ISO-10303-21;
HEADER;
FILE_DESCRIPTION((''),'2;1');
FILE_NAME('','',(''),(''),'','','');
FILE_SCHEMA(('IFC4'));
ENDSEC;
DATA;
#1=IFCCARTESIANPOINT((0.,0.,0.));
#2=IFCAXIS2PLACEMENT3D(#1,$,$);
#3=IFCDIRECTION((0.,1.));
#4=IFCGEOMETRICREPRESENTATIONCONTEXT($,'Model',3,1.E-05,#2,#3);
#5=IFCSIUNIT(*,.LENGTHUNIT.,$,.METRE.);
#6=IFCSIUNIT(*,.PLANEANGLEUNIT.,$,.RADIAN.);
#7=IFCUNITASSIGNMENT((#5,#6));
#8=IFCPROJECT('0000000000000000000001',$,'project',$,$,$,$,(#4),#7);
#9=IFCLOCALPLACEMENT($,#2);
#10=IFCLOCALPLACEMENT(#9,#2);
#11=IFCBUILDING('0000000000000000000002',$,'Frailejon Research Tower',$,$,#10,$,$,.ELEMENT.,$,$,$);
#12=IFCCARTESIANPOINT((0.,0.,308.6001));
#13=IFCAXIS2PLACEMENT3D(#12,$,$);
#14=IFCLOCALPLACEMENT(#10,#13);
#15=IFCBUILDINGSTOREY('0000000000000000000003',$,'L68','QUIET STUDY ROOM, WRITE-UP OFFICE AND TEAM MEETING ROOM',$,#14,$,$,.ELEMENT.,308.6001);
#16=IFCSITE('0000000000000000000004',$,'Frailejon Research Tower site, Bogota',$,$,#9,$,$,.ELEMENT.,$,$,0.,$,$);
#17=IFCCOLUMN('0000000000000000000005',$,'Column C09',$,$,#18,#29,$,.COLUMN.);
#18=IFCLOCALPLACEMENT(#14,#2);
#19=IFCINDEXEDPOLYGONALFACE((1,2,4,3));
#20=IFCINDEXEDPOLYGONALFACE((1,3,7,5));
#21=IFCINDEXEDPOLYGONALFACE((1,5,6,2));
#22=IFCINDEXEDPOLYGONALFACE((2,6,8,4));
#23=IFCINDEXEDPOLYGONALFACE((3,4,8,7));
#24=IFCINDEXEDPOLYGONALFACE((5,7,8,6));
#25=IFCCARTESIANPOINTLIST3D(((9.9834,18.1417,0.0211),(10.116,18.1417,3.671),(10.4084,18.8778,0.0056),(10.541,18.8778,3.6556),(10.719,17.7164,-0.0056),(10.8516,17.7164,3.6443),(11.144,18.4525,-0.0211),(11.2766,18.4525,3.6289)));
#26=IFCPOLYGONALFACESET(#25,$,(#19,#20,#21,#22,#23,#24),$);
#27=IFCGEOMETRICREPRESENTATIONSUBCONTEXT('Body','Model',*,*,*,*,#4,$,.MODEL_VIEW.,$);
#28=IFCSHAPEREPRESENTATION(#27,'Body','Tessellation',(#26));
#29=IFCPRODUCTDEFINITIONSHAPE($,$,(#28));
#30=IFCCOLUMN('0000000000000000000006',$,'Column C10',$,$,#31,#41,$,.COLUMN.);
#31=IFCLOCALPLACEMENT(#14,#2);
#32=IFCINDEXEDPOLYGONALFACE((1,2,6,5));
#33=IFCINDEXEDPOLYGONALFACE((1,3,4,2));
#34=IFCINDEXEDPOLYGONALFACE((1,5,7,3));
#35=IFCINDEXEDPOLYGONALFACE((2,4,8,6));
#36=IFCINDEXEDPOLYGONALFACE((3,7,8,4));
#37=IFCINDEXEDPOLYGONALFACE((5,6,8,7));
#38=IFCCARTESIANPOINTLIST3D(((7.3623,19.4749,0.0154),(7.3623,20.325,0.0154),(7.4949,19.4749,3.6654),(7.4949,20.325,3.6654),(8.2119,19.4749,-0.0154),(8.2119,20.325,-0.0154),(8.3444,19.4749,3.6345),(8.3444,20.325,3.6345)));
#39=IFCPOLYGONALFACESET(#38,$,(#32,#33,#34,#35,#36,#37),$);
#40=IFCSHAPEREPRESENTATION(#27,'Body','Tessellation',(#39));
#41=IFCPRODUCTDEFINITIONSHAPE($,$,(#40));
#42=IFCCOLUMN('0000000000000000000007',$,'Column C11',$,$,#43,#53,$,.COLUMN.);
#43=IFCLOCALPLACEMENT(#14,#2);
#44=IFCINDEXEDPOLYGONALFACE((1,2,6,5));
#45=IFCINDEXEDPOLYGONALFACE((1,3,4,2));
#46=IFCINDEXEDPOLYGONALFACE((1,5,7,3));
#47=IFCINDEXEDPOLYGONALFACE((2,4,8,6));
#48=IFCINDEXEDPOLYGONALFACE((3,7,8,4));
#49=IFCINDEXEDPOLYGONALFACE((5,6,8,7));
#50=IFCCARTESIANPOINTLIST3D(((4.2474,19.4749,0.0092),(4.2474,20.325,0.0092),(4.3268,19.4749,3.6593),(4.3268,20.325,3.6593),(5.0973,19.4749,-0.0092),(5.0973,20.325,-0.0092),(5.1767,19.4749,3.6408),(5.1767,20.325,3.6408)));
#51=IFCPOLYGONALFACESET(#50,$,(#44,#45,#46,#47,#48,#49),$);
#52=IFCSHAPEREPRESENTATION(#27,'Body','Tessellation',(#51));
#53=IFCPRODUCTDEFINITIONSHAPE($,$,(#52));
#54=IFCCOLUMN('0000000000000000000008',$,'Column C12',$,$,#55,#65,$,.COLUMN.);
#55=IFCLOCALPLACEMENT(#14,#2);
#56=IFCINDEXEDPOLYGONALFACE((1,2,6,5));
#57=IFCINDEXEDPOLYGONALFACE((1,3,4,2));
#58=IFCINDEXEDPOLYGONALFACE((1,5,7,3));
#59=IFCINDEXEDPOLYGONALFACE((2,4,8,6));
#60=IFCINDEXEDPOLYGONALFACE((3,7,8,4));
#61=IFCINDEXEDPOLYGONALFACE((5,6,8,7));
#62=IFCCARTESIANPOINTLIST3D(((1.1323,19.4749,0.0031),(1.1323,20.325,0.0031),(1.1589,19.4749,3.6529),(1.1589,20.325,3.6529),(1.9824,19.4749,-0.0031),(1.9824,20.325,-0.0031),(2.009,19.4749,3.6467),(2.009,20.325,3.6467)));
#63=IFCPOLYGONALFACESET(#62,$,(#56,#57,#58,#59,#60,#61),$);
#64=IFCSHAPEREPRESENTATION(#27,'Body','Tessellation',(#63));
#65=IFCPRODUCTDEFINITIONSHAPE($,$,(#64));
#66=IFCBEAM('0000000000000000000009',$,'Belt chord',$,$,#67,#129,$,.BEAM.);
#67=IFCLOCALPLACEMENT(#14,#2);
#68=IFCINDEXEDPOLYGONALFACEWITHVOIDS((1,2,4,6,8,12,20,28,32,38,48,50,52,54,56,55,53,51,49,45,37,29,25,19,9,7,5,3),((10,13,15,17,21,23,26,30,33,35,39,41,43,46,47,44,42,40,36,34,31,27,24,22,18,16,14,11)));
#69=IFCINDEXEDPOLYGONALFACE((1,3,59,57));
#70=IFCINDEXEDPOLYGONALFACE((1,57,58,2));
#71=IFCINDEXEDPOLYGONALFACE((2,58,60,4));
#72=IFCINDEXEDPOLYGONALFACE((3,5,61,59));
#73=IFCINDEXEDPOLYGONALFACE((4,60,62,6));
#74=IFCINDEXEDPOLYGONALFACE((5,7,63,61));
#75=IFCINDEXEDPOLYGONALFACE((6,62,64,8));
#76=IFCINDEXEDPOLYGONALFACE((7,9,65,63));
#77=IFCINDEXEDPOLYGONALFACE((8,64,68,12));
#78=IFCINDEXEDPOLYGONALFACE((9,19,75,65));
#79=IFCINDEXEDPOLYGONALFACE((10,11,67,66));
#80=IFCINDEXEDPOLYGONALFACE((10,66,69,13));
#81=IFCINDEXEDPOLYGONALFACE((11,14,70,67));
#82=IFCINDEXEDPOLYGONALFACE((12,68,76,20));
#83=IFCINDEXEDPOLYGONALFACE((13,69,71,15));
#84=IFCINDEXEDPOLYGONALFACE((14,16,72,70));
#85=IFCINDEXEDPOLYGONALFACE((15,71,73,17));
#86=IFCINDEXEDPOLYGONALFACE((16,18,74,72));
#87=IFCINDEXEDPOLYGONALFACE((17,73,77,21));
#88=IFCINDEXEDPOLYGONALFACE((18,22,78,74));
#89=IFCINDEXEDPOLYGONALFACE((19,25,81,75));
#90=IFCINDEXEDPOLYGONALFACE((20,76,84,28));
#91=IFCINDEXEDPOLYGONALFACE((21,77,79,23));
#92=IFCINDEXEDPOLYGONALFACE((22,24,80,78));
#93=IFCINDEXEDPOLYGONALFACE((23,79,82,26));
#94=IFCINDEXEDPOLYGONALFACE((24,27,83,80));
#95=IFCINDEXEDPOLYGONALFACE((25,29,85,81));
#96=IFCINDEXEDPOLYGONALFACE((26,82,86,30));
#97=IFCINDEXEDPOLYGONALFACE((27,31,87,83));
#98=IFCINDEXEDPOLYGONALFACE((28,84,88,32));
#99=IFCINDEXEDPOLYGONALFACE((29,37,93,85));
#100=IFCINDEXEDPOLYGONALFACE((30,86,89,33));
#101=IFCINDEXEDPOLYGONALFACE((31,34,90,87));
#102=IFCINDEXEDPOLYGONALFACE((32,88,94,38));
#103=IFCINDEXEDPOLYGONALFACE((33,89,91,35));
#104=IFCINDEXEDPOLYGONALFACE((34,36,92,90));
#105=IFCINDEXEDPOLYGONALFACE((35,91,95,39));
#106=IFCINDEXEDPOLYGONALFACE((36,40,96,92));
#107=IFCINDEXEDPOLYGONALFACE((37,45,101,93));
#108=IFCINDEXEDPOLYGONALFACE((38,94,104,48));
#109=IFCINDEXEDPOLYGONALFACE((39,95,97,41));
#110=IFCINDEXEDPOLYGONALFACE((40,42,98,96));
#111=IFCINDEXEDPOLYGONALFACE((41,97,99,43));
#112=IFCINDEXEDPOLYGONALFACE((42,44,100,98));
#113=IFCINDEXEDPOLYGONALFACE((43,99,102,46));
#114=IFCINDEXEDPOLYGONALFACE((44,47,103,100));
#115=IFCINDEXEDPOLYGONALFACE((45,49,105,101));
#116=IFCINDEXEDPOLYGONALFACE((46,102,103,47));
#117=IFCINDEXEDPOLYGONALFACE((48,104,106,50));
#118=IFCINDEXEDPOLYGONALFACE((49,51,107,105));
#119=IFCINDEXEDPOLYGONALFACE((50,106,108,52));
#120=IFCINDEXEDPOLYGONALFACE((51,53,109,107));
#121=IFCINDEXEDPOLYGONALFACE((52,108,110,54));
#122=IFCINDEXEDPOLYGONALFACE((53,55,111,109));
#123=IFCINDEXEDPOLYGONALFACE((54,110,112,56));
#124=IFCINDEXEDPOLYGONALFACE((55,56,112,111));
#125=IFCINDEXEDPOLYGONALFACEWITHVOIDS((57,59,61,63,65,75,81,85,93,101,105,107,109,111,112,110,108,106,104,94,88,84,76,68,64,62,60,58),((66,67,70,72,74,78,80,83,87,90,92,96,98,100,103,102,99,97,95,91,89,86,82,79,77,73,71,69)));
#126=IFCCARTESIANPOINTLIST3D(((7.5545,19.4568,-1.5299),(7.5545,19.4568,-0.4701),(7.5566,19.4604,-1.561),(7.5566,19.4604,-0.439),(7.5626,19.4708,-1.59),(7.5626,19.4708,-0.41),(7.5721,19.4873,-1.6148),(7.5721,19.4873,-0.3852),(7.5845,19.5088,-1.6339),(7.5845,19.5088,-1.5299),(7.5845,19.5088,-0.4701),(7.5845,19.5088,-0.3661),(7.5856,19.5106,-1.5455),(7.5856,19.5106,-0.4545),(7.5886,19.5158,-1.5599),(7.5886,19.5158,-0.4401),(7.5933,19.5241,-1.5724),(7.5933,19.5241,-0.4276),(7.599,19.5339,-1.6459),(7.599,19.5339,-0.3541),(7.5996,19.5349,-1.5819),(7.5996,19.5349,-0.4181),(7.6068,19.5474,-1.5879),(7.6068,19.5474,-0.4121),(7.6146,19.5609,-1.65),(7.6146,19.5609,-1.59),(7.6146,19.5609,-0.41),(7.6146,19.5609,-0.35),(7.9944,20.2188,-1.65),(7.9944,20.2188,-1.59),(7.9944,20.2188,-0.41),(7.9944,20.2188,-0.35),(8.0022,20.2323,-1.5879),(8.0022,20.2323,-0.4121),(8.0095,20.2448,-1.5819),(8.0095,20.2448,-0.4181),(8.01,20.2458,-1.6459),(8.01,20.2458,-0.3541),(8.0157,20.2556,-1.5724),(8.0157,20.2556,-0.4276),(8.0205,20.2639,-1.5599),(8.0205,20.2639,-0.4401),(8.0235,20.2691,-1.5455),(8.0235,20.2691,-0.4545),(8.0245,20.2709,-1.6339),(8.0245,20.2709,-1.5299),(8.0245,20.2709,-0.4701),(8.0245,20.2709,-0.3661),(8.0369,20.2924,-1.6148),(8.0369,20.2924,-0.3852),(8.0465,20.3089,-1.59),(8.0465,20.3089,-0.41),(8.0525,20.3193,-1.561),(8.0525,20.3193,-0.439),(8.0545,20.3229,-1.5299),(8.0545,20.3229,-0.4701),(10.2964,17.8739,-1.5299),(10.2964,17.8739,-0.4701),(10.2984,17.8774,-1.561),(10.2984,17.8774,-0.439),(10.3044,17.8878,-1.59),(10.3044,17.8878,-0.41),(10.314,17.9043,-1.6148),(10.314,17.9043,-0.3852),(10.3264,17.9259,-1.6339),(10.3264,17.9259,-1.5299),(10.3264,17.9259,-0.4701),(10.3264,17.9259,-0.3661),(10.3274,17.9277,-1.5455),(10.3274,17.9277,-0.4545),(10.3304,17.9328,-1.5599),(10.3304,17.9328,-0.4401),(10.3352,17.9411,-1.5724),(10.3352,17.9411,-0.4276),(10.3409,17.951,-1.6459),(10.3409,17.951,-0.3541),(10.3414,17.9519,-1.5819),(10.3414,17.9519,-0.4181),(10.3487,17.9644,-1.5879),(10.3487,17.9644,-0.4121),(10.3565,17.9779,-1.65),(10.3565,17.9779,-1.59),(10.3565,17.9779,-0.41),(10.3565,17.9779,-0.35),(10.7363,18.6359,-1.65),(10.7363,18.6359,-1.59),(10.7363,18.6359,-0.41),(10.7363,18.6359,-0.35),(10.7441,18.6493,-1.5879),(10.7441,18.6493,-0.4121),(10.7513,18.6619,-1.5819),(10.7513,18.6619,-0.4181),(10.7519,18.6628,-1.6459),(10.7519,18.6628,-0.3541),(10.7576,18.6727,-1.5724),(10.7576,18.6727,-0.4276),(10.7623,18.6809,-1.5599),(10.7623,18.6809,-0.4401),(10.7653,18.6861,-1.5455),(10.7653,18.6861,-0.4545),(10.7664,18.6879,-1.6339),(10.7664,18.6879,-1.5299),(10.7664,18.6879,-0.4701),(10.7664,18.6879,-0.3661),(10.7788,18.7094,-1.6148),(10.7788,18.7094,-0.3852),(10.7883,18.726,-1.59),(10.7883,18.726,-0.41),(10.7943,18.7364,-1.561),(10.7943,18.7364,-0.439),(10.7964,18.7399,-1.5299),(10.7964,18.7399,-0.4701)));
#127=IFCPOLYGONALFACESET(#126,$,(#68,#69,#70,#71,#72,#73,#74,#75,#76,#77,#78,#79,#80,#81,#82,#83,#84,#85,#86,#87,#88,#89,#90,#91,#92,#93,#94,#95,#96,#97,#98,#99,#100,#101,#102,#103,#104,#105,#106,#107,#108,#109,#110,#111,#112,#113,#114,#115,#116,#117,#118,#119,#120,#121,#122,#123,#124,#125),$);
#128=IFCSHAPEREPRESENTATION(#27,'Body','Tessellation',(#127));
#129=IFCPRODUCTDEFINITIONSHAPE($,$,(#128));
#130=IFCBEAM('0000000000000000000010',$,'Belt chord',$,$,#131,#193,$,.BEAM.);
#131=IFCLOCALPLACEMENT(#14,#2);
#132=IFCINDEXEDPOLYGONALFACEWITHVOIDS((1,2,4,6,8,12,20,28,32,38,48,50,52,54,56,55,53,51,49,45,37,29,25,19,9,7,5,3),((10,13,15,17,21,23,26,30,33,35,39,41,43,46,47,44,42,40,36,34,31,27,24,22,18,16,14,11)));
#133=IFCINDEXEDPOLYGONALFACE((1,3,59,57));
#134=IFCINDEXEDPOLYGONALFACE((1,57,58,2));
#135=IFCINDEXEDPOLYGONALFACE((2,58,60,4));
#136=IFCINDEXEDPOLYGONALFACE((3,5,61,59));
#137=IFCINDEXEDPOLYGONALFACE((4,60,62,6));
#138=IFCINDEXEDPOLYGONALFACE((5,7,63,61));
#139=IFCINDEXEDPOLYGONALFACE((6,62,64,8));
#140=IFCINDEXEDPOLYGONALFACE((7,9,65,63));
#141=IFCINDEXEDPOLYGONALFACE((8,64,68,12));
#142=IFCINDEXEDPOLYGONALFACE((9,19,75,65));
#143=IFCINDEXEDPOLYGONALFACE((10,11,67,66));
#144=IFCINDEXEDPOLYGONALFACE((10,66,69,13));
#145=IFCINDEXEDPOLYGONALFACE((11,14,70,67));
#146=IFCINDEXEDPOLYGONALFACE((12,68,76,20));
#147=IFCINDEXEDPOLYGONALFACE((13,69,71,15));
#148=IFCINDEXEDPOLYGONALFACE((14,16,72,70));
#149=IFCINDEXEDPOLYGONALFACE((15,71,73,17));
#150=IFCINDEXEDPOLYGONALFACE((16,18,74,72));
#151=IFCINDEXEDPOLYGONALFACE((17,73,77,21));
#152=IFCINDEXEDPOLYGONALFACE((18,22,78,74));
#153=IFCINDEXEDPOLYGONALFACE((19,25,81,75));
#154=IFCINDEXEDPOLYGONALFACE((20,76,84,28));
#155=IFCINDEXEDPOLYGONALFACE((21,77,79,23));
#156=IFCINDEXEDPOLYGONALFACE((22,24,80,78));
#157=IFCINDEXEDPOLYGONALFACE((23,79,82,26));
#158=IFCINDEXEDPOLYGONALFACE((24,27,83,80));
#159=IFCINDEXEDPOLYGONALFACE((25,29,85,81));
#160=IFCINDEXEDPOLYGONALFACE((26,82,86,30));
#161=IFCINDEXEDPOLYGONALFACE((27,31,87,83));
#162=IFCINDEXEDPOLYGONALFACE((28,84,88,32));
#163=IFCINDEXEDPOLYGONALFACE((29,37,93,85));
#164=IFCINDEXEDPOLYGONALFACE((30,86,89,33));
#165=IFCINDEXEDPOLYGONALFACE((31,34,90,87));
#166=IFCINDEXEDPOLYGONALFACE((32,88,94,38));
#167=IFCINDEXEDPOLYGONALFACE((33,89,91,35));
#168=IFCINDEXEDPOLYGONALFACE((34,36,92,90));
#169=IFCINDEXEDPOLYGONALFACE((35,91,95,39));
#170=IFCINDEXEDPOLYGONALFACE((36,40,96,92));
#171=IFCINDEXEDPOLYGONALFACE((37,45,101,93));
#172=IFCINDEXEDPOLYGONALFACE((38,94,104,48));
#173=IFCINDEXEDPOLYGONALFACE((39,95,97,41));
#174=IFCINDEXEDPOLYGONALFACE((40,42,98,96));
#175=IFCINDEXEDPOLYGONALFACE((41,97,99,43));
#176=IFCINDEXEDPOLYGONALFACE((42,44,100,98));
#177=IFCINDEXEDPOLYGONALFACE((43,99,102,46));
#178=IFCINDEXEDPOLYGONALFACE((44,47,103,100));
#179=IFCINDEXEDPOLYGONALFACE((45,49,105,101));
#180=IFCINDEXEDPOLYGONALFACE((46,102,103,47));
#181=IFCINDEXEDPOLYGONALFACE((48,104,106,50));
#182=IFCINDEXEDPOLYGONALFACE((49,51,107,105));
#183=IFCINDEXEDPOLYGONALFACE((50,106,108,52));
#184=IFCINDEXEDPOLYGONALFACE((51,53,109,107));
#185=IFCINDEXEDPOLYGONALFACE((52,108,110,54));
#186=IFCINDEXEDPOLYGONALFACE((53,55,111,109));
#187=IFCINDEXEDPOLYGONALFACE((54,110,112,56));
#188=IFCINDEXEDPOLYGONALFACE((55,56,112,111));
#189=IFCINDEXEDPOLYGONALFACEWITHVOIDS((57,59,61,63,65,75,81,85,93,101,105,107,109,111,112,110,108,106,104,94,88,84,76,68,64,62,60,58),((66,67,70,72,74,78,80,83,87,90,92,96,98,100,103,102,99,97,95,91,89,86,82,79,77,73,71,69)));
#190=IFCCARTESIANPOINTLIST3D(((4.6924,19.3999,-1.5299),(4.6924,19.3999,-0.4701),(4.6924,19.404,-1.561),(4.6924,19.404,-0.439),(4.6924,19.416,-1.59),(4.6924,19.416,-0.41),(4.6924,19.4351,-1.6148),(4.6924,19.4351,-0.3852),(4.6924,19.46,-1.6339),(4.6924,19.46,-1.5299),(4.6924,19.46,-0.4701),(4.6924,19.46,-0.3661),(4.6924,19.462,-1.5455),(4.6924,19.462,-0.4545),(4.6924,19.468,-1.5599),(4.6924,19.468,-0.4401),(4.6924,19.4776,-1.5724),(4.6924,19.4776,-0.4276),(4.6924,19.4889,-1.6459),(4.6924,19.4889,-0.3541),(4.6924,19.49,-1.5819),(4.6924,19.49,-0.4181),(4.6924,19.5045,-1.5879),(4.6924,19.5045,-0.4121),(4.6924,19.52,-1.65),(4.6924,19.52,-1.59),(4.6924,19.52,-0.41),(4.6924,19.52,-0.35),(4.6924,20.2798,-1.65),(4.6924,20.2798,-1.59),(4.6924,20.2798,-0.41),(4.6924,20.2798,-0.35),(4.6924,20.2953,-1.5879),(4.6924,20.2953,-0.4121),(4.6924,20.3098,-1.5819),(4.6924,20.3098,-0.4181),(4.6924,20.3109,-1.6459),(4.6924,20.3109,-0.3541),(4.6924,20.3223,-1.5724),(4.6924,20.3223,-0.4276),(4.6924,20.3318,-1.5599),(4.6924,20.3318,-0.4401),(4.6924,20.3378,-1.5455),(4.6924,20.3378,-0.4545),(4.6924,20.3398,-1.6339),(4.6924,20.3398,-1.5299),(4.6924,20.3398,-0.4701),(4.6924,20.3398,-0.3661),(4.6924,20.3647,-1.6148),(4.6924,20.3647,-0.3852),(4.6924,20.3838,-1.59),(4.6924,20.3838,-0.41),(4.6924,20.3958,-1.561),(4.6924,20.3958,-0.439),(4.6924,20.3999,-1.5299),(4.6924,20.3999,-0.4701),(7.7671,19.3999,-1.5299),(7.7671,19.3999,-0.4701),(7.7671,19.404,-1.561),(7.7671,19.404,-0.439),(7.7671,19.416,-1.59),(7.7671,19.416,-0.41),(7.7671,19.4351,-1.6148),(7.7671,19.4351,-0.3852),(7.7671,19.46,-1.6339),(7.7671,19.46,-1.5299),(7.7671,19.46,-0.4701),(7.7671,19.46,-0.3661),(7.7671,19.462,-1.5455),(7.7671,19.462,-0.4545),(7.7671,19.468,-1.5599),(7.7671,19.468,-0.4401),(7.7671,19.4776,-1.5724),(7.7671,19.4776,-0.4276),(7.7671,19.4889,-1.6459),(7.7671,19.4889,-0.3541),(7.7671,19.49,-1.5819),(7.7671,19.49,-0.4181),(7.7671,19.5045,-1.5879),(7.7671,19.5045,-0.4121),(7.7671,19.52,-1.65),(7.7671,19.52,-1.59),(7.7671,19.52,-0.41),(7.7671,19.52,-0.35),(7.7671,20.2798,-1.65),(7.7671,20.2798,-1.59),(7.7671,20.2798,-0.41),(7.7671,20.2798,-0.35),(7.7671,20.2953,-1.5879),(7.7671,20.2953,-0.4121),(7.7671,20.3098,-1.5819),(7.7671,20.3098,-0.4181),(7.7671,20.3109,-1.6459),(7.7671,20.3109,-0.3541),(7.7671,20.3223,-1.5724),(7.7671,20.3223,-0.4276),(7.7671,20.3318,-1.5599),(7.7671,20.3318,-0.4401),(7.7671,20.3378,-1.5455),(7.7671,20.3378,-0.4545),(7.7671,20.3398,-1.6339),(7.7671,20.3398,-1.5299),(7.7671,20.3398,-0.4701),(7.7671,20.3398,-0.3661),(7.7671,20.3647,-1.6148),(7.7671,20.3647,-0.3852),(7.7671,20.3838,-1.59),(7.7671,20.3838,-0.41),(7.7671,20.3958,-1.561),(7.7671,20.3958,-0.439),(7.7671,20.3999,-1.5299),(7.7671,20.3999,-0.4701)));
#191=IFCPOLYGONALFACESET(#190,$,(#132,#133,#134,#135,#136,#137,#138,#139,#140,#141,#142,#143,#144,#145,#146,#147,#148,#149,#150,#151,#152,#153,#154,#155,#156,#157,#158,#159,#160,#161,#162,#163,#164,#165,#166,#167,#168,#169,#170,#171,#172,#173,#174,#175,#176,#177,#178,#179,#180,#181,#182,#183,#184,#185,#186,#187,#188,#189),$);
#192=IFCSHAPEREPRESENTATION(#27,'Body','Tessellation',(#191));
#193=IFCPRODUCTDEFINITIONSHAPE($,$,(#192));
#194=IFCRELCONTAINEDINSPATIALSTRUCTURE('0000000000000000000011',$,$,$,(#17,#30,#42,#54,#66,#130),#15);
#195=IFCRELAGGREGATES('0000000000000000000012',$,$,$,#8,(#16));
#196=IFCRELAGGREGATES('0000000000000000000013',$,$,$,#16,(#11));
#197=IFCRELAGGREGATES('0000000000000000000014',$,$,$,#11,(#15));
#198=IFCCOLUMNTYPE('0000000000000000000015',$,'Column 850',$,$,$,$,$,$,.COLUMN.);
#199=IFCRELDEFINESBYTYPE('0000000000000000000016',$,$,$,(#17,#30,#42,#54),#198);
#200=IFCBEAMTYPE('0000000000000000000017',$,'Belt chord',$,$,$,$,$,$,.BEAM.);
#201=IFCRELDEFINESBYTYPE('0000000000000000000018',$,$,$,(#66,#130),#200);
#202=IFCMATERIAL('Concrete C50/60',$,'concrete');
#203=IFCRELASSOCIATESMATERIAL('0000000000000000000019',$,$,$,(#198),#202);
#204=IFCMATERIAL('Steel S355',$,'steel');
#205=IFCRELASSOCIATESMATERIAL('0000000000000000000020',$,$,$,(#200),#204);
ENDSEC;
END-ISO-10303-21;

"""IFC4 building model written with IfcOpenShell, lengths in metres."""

from ifc_helpers import new_model, si_unit, direction, frame, origin, origin_2d, place, context, subcontext, project, spatial, rectangle, hollow_rectangle, extrude, material, material_profile, profile_set, type_object, element, save


model = new_model("IFC4")

# Units and contexts
model_context = context("Model", 3, precision=1e-05, world=origin(), true_north=direction((0.0, 1.0)))
body_context = subcontext(model_context, "Body", "Model", "MODEL_VIEW")
ifc_project = project(units=[si_unit("LENGTHUNIT", "METRE"), si_unit("PLANEANGLEUNIT", "RADIAN")], contexts=[model_context])

# Site, building, storey
site_placement = place(None, origin())
site = spatial("IfcSite", under=ifc_project, at=site_placement, Name="Frailejon Research Tower site, Bogota", CompositionType="ELEMENT", RefElevation=0.0)
building_placement = place(site_placement, origin())
building = spatial("IfcBuilding", under=site, at=building_placement, Name="Frailejon Research Tower", CompositionType="ELEMENT")
storey_placement = place(building_placement, frame((0.0, 0.0, 308.6001)))
storey = spatial("IfcBuildingStorey", under=building, at=storey_placement, Name="L68", Description="QUIET STUDY ROOM, WRITE-UP OFFICE AND TEAM MEETING ROOM", CompositionType="ELEMENT", Elevation=308.6001)

# Columns
ifc_material_1 = material(Name="Concrete C50/60", Category="concrete")
ifc_material_profile_1 = material_profile(ifc_material_1, rectangle(XDim=0.8501, YDim=0.8501, at=origin_2d()), Name="Column 850")
ifc_profile_set_1 = profile_set([ifc_material_profile_1], Name="Concrete C50/60")
column_type = type_object("IfcColumnType", Name="Column 850", PredefinedType="COLUMN", material=ifc_profile_set_1)
for number, where, z_axis, x_axis, name in (
    (1, (10.5637, 18.2971, 0.0), (0.036297, 0.0, 0.999341), (-0.865313, 0.500246, 0.031429), "Column C09"),
    (2, (7.7871, 19.8999, 0.0), (0.036297, 0.0, 0.999341), (-0.999341, 0.0, 0.036297), "Column C10"),
):
    element("IfcColumn", number, at=place(storey_placement, frame(where, z_axis=z_axis, x_axis=x_axis)), inside=storey, type_object=column_type, Name=name, PredefinedType="COLUMN", context=body_context, shape_type="SweptSolid", body=[
        extrude(rectangle(XDim=0.8501, YDim=0.8501, at=origin_2d()), origin(), (0.0, 0.0, 1.0), 3.6523),
    ])
column_1_placement = place(storey_placement, frame((4.6724, 19.8999, 0.0), z_axis=(0.021734, 0.0, 0.999764), x_axis=(-0.999764, 0.0, 0.021734)))
element("IfcColumn", 3, at=column_1_placement, inside=storey, type_object=column_type, Name="Column C11", PredefinedType="COLUMN", context=body_context, shape_type="SweptSolid", body=[
    extrude(rectangle(XDim=0.8501, YDim=0.8501, at=origin_2d()), origin(), (0.0, 0.0, 1.0), 3.6509),
])
column_2_placement = place(storey_placement, frame((1.5574, 19.8999, 0.0), z_axis=(0.007291, 0.0, 0.999973), x_axis=(-0.999973, 0.0, 0.007291)))
element("IfcColumn", 4, at=column_2_placement, inside=storey, type_object=column_type, Name="Column C12", PredefinedType="COLUMN", context=body_context, shape_type="SweptSolid", body=[
    extrude(rectangle(XDim=0.8501, YDim=0.8501, at=origin_2d()), origin(), (0.0, 0.0, 1.0), 3.6499),
])

# Beams
ifc_material_2 = material(Name="Steel S355", Category="steel")
ifc_material_profile_2 = material_profile(ifc_material_2, hollow_rectangle(XDim=1.0, YDim=1.3, WallThickness=0.0601, InnerFilletRadius=0.0601, OuterFilletRadius=0.1201, at=origin_2d()), Name="Belt chord")
ifc_profile_set_2 = profile_set([ifc_material_profile_2], Name="Steel S355")
beam_type_1 = type_object("IfcBeamType", Name="Belt chord", PredefinedType="BEAM", material=ifc_profile_set_2)
beam_1_placement = place(storey_placement, frame((10.5464, 18.3069, -1.0), z_axis=(-0.866033, 0.499987, 0.0), x_axis=(-0.499987, -0.866033, 0.0)))
element("IfcBeam", 5, at=beam_1_placement, inside=storey, type_object=beam_type_1, Name="Belt chord", PredefinedType="BEAM", context=body_context, shape_type="SweptSolid", body=[
    extrude(hollow_rectangle(XDim=1.0, YDim=1.3, WallThickness=0.0601, InnerFilletRadius=0.0601, OuterFilletRadius=0.1201, at=origin_2d()), origin(), (0.0, 0.0, 1.0), 3.166),
])
beam_2_placement = place(storey_placement, frame((7.7671, 19.8999, -1.0), z_axis=(-1.0, 0.0, 0.0), x_axis=(0.0, -1.0, 0.0)))
element("IfcBeam", 6, at=beam_2_placement, inside=storey, type_object=beam_type_1, Name="Belt chord", PredefinedType="BEAM", context=body_context, shape_type="SweptSolid", body=[
    extrude(hollow_rectangle(XDim=1.0, YDim=1.3, WallThickness=0.0601, InnerFilletRadius=0.0601, OuterFilletRadius=0.1201, at=origin_2d()), origin(), (0.0, 0.0, 1.0), 3.0747),
])

save(model, "model.ifc")
